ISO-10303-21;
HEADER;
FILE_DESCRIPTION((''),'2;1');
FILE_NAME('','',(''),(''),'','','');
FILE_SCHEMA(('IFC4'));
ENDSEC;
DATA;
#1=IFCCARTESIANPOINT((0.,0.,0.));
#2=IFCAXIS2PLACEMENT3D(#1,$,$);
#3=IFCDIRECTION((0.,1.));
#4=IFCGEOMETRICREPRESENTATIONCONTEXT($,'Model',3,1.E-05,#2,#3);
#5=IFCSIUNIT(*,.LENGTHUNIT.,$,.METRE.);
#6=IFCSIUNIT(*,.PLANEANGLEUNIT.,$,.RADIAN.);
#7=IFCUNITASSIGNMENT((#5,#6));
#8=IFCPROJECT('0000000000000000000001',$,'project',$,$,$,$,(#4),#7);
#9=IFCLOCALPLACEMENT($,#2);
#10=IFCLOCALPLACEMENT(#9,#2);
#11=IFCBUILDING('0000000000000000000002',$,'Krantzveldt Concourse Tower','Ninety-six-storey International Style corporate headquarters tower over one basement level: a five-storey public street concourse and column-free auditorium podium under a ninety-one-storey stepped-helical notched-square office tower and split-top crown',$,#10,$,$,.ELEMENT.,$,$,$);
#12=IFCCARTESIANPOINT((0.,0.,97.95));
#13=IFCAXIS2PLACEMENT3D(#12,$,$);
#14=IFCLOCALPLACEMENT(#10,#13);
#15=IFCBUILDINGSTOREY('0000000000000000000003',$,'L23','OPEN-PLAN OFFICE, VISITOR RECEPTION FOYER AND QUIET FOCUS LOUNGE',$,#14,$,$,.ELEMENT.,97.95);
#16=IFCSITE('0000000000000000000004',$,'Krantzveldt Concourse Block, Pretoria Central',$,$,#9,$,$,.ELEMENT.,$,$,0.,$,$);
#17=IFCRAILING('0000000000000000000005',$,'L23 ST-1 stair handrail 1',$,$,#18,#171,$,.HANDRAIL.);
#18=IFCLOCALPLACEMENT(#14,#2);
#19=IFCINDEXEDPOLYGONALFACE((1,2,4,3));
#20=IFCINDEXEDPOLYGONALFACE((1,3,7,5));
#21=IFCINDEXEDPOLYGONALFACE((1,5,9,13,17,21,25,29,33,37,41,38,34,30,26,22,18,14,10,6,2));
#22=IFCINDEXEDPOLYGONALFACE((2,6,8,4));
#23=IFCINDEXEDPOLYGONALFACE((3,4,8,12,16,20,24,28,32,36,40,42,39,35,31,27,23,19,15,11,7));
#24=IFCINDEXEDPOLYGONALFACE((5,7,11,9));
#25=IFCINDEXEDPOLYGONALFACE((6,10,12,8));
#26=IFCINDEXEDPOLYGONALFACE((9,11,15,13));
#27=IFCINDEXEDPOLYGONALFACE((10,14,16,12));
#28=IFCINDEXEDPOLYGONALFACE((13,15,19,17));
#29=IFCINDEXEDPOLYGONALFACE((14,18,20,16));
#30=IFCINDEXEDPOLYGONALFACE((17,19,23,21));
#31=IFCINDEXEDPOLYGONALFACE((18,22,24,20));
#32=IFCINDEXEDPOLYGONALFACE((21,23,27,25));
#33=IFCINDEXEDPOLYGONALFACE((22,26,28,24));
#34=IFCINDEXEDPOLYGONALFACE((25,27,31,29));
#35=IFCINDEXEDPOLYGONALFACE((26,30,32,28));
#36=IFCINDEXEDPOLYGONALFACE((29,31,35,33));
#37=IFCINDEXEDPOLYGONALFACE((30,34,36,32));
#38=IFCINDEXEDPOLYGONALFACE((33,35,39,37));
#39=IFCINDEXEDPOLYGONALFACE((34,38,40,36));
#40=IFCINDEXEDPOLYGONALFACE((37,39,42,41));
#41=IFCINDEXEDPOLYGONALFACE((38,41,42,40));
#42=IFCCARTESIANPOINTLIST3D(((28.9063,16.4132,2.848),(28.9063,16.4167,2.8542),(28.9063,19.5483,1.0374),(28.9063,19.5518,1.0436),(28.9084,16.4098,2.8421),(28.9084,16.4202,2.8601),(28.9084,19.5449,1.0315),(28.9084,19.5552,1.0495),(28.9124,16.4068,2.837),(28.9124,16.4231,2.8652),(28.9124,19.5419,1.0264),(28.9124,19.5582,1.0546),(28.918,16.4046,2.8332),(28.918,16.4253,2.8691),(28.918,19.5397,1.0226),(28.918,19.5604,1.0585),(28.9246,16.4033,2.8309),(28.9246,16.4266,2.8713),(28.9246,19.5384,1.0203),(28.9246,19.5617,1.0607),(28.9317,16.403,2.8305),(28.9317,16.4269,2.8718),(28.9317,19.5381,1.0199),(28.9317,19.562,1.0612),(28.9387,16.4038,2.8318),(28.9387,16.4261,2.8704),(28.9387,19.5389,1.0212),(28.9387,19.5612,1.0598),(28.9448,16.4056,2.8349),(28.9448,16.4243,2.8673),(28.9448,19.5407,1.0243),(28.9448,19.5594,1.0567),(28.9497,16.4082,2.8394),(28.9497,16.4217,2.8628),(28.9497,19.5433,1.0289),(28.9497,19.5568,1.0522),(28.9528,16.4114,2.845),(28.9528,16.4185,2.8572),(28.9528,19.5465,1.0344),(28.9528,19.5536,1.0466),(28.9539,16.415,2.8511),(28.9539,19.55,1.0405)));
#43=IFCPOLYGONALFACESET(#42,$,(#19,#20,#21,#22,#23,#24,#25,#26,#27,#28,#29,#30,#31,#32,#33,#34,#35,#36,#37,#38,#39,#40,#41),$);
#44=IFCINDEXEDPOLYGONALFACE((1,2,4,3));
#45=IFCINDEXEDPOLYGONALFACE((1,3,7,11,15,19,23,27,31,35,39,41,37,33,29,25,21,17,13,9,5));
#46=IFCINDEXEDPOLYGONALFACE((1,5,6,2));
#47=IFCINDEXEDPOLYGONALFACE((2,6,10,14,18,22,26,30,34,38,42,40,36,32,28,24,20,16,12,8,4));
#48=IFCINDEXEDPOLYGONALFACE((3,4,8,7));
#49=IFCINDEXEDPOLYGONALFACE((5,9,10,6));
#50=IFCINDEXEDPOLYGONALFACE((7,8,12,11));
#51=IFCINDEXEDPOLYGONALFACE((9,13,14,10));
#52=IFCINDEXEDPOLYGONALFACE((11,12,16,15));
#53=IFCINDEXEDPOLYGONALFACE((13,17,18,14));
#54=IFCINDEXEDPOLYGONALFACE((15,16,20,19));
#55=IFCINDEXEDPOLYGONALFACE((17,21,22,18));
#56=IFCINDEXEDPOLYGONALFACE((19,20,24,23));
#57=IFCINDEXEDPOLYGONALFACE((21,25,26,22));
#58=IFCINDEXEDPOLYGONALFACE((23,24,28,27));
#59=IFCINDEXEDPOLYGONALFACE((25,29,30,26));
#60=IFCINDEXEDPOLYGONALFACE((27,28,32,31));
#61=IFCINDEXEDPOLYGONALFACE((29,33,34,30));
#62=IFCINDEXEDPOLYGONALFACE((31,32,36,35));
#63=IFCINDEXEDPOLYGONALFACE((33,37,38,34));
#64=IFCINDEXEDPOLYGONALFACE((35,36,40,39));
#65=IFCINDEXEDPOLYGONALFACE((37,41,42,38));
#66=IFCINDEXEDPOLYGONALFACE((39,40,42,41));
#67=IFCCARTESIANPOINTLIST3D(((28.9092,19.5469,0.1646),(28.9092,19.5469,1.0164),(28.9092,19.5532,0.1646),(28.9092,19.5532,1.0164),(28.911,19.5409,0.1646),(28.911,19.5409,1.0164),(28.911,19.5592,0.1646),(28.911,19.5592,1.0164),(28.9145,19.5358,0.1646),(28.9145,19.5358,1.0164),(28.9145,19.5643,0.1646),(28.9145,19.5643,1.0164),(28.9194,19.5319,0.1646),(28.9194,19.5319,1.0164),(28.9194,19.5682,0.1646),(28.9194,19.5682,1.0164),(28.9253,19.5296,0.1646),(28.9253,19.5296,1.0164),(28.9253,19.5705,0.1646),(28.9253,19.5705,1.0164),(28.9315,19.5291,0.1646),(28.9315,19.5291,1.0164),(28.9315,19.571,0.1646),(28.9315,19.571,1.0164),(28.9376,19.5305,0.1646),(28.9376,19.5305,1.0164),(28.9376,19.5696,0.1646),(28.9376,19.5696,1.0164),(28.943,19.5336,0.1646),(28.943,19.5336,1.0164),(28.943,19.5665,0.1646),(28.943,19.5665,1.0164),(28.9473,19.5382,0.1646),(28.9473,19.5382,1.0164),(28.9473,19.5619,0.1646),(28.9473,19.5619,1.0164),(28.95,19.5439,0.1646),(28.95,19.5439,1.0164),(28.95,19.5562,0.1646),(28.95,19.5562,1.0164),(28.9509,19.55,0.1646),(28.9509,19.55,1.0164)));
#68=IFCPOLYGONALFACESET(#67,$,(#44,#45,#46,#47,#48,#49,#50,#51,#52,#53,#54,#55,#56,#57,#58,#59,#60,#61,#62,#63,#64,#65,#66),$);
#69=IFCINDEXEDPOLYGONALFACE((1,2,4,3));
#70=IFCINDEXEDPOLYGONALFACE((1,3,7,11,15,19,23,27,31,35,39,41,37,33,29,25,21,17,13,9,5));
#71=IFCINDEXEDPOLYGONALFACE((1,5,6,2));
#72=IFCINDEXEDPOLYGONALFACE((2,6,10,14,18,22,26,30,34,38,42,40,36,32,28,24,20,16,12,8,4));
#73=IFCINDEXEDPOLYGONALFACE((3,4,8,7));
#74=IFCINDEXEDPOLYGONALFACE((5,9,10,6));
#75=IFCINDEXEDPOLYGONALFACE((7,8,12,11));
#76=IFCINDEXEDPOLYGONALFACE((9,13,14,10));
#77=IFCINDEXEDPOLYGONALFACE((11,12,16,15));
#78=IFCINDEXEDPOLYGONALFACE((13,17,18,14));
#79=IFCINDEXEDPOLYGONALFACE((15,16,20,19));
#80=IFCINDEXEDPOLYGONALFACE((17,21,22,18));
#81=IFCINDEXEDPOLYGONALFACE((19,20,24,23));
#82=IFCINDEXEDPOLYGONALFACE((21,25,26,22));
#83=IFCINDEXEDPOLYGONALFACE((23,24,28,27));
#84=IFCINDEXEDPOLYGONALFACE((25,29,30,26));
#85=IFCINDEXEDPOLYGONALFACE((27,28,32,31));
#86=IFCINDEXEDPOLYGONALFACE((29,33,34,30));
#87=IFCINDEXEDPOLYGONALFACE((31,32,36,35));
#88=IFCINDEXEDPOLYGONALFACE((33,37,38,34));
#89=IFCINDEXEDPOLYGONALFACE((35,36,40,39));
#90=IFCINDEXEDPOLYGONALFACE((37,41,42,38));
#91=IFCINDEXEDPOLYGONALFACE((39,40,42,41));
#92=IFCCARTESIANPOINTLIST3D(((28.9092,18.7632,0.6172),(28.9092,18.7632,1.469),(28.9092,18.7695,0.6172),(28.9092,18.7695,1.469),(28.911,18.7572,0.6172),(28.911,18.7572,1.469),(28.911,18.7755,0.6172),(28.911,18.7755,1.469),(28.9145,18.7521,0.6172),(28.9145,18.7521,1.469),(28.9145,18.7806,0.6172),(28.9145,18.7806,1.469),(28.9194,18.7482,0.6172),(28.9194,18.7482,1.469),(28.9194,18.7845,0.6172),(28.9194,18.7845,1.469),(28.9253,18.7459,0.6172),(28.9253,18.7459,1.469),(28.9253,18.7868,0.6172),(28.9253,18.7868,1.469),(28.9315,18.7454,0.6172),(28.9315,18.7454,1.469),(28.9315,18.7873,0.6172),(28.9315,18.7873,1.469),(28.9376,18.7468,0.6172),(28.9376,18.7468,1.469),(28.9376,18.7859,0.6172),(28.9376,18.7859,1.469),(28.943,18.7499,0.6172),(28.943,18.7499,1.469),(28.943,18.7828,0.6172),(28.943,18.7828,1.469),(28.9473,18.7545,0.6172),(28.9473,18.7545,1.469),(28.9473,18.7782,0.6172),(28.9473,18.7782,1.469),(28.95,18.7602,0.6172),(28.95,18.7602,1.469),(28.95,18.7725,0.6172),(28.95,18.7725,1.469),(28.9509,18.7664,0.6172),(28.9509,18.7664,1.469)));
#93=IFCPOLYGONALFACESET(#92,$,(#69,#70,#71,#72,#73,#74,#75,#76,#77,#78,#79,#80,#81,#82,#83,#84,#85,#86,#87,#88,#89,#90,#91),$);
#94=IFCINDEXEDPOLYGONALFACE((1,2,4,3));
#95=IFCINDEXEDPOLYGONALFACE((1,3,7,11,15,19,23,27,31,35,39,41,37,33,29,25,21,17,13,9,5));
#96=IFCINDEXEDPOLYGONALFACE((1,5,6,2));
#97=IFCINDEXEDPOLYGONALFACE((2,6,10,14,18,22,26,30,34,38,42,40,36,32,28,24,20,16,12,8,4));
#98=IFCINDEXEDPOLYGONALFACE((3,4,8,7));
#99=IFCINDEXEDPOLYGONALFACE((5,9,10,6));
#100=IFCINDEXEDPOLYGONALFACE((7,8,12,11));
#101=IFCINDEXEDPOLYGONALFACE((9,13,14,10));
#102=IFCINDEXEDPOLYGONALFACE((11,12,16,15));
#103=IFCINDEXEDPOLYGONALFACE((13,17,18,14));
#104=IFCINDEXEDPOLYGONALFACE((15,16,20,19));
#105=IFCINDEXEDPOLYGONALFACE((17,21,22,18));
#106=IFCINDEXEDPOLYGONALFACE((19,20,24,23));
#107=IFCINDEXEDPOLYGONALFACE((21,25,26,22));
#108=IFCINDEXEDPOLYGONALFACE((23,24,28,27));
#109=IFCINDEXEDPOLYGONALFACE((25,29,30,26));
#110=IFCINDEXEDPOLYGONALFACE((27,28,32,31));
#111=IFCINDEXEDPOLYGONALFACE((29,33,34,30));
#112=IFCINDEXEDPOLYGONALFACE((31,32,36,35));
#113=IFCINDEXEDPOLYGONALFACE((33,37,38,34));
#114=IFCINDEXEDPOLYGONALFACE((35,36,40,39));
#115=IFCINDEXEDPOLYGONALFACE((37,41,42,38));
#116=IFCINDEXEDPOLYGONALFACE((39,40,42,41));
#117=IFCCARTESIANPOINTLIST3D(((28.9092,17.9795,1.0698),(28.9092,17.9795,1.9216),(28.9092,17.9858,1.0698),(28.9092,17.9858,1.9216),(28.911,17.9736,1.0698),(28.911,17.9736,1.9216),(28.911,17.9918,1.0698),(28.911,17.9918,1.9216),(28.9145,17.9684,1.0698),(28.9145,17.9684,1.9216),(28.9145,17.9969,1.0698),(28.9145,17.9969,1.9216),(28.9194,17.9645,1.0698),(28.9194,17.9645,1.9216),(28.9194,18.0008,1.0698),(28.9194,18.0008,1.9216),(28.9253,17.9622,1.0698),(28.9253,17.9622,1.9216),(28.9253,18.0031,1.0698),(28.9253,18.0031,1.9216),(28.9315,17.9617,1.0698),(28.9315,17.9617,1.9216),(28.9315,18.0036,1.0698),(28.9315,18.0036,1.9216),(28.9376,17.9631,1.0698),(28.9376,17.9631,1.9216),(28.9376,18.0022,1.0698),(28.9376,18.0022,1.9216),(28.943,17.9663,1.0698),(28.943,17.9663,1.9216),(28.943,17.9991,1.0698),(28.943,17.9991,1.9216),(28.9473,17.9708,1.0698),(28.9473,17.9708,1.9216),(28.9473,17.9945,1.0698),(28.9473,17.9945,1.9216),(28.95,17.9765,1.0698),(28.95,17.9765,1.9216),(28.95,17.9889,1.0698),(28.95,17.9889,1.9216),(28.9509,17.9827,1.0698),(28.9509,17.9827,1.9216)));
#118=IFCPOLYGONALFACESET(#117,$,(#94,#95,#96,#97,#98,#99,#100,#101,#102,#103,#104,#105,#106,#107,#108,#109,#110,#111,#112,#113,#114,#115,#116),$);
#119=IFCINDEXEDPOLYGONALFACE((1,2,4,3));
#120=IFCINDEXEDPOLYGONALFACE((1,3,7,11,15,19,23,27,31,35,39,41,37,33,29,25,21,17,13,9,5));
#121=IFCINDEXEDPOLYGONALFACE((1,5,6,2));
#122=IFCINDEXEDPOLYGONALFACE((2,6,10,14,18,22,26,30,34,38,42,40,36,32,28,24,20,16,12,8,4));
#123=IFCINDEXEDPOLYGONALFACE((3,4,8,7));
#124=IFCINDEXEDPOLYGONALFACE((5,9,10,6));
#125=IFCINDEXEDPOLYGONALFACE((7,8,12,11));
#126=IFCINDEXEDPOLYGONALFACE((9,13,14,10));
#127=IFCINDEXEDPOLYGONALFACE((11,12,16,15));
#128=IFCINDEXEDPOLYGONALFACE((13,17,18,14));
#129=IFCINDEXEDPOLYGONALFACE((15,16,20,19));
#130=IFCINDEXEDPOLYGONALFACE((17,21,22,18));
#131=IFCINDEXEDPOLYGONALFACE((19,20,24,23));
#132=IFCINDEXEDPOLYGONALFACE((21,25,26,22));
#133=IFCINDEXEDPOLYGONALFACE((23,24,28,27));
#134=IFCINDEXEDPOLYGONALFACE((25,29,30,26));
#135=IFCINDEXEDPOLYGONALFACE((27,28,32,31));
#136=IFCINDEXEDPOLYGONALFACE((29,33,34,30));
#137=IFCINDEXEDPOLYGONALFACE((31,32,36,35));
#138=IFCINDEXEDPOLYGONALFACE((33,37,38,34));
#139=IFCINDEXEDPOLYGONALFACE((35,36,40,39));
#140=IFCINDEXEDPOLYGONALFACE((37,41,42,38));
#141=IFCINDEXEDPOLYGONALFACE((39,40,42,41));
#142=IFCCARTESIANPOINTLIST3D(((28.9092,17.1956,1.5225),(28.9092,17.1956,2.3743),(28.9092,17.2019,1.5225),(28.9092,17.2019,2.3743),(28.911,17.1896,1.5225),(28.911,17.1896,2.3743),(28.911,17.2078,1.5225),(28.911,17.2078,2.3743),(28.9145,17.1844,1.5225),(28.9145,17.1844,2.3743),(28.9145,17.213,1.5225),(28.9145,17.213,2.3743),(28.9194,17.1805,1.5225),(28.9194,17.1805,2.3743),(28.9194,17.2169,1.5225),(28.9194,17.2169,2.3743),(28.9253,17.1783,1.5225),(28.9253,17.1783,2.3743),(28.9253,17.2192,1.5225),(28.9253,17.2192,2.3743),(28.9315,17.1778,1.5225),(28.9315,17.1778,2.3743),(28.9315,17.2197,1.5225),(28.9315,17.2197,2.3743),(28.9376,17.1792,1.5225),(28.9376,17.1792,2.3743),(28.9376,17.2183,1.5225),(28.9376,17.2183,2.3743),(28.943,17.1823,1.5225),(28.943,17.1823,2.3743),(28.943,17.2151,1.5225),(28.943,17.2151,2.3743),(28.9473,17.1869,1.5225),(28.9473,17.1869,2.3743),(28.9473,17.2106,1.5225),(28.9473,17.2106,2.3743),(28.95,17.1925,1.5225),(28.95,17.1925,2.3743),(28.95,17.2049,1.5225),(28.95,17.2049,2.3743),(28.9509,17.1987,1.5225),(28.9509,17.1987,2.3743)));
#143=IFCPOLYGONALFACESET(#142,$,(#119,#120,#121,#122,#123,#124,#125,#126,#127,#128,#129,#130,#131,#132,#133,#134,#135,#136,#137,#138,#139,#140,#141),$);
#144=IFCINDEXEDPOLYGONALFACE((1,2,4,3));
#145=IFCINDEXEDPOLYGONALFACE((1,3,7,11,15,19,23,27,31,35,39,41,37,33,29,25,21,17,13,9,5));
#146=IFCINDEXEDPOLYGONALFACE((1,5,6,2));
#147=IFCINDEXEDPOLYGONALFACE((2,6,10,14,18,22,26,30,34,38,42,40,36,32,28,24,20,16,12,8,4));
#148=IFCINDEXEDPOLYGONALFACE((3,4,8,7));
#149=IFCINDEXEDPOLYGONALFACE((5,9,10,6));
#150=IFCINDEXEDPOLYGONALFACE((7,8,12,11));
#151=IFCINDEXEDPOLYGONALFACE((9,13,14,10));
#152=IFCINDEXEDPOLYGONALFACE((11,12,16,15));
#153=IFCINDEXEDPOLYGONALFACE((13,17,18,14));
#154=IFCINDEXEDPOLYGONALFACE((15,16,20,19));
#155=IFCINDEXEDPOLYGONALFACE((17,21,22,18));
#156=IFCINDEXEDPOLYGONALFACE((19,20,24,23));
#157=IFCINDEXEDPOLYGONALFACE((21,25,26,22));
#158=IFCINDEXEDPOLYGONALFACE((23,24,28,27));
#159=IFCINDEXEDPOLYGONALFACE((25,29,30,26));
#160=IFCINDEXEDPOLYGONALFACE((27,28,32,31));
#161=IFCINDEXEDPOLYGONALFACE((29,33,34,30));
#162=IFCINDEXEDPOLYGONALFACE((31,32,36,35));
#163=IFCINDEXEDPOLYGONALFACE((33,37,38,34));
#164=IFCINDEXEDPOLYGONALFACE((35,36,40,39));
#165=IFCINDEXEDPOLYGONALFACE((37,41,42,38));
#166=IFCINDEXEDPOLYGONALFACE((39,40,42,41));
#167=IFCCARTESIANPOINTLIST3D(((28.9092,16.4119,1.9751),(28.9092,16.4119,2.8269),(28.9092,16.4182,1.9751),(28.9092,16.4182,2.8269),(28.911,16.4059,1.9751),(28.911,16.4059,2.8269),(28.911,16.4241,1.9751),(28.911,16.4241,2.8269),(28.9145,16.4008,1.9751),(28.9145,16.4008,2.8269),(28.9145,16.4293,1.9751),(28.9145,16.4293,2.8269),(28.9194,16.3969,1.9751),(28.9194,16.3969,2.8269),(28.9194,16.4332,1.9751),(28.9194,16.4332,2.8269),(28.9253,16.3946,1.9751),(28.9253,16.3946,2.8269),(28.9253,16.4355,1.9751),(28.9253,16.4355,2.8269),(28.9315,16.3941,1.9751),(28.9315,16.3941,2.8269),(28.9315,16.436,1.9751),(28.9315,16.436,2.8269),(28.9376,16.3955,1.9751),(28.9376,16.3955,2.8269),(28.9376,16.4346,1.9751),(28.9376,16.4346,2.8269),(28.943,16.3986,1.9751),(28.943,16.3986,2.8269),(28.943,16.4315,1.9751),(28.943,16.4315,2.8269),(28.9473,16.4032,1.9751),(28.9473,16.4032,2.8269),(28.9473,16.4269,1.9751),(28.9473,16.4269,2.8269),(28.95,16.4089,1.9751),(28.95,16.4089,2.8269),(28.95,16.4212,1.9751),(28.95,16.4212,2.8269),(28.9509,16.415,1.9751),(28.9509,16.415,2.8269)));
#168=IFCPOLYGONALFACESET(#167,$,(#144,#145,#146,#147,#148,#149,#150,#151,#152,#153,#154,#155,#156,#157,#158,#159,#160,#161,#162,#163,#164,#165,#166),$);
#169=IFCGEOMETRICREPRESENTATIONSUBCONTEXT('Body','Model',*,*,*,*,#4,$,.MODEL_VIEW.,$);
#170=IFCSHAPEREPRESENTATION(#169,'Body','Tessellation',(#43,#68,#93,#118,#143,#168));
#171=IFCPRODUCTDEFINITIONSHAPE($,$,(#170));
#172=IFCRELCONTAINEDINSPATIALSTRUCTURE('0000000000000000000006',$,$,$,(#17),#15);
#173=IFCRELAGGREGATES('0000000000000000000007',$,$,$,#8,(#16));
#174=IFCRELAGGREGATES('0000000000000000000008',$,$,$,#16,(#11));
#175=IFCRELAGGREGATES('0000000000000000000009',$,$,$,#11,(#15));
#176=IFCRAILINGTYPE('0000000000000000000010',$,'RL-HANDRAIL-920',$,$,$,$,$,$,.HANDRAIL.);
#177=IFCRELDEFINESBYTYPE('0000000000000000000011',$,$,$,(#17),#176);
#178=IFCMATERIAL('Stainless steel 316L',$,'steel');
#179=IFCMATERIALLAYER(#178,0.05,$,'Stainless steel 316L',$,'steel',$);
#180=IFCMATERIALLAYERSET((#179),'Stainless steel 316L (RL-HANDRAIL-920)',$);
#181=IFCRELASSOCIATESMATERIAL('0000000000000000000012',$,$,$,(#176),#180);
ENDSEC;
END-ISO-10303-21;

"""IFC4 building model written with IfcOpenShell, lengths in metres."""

from ifc_helpers import new_model, si_unit, direction, frame, origin, origin_2d, place, context, subcontext, project, spatial, circle, extrude, material, layer, layer_set, type_object, element, save


model = new_model("IFC4")

# Units and contexts
model_context = context("Model", 3, precision=1e-05, world=origin(), true_north=direction((0.0, 1.0)))
body_context = subcontext(model_context, "Body", "Model", "MODEL_VIEW")
ifc_project = project(units=[si_unit("LENGTHUNIT", "METRE"), si_unit("PLANEANGLEUNIT", "RADIAN")], contexts=[model_context])

# Site, building, storey
site_placement = place(None, origin())
site = spatial("IfcSite", under=ifc_project, at=site_placement, Name="Krantzveldt Concourse Block, Pretoria Central", CompositionType="ELEMENT", RefElevation=0.0)
building_placement = place(site_placement, origin())
building = spatial("IfcBuilding", under=site, at=building_placement, Name="Krantzveldt Concourse Tower", Description="Ninety-six-storey International Style corporate headquarters tower over one basement level: a five-storey public street concourse and column-free auditorium podium under a ninety-one-storey stepped-helical notched-square office tower and split-top crown", CompositionType="ELEMENT")
storey_placement = place(building_placement, frame((0.0, 0.0, 97.95)))
storey = spatial("IfcBuildingStorey", under=building, at=storey_placement, Name="L23", Description="OPEN-PLAN OFFICE, VISITOR RECEPTION FOYER AND QUIET FOCUS LOUNGE", CompositionType="ELEMENT", Elevation=97.95)

# Railing
ifc_material_1 = material(Name="Stainless steel 316L", Category="steel")
ifc_layer_1 = layer(ifc_material_1, 0.05, Name="Stainless steel 316L", Category="steel")
ifc_layer_set_1 = layer_set([ifc_layer_1], Name="Stainless steel 316L (RL-HANDRAIL-920)")
railing_type_1 = type_object("IfcRailingType", Name="RL-HANDRAIL-920", PredefinedType="HANDRAIL", material=ifc_layer_set_1)
railing_1_placement = place(storey_placement, frame((28.9299, 19.55, 0.1646)))
element("IfcRailing", 1, at=railing_1_placement, inside=storey, type_object=railing_type_1, Name="L23 ST-1 stair handrail 1", PredefinedType="HANDRAIL", context=body_context, shape_type="SweptSolid", body=[
    extrude(circle(Radius=0.0239, at=origin_2d()), frame((0.0, 0.0, 0.876), z_axis=(0.0, -0.86596, 0.500114), x_axis=(1.0, 0.0, 0.0)), (0.0, 0.0, 1.0), 3.6204),
    extrude(circle(Radius=0.021, at=origin_2d()), origin(), (0.0, 0.0, 1.0), 0.8518),
    extrude(circle(Radius=0.021, at=origin_2d()), frame((0.0, -0.7837, 0.4526)), (0.0, 0.0, 1.0), 0.8518),
    extrude(circle(Radius=0.021, at=origin_2d()), frame((0.0, -1.5674, 0.9053)), (0.0, 0.0, 1.0), 0.8518),
    extrude(circle(Radius=0.021, at=origin_2d()), frame((0.0, -2.3513, 1.3579)), (0.0, 0.0, 1.0), 0.8518),
    extrude(circle(Radius=0.021, at=origin_2d()), frame((0.0, -3.135, 1.8105)), (0.0, 0.0, 1.0), 0.8518),
])

save(model, "model.ifc")
